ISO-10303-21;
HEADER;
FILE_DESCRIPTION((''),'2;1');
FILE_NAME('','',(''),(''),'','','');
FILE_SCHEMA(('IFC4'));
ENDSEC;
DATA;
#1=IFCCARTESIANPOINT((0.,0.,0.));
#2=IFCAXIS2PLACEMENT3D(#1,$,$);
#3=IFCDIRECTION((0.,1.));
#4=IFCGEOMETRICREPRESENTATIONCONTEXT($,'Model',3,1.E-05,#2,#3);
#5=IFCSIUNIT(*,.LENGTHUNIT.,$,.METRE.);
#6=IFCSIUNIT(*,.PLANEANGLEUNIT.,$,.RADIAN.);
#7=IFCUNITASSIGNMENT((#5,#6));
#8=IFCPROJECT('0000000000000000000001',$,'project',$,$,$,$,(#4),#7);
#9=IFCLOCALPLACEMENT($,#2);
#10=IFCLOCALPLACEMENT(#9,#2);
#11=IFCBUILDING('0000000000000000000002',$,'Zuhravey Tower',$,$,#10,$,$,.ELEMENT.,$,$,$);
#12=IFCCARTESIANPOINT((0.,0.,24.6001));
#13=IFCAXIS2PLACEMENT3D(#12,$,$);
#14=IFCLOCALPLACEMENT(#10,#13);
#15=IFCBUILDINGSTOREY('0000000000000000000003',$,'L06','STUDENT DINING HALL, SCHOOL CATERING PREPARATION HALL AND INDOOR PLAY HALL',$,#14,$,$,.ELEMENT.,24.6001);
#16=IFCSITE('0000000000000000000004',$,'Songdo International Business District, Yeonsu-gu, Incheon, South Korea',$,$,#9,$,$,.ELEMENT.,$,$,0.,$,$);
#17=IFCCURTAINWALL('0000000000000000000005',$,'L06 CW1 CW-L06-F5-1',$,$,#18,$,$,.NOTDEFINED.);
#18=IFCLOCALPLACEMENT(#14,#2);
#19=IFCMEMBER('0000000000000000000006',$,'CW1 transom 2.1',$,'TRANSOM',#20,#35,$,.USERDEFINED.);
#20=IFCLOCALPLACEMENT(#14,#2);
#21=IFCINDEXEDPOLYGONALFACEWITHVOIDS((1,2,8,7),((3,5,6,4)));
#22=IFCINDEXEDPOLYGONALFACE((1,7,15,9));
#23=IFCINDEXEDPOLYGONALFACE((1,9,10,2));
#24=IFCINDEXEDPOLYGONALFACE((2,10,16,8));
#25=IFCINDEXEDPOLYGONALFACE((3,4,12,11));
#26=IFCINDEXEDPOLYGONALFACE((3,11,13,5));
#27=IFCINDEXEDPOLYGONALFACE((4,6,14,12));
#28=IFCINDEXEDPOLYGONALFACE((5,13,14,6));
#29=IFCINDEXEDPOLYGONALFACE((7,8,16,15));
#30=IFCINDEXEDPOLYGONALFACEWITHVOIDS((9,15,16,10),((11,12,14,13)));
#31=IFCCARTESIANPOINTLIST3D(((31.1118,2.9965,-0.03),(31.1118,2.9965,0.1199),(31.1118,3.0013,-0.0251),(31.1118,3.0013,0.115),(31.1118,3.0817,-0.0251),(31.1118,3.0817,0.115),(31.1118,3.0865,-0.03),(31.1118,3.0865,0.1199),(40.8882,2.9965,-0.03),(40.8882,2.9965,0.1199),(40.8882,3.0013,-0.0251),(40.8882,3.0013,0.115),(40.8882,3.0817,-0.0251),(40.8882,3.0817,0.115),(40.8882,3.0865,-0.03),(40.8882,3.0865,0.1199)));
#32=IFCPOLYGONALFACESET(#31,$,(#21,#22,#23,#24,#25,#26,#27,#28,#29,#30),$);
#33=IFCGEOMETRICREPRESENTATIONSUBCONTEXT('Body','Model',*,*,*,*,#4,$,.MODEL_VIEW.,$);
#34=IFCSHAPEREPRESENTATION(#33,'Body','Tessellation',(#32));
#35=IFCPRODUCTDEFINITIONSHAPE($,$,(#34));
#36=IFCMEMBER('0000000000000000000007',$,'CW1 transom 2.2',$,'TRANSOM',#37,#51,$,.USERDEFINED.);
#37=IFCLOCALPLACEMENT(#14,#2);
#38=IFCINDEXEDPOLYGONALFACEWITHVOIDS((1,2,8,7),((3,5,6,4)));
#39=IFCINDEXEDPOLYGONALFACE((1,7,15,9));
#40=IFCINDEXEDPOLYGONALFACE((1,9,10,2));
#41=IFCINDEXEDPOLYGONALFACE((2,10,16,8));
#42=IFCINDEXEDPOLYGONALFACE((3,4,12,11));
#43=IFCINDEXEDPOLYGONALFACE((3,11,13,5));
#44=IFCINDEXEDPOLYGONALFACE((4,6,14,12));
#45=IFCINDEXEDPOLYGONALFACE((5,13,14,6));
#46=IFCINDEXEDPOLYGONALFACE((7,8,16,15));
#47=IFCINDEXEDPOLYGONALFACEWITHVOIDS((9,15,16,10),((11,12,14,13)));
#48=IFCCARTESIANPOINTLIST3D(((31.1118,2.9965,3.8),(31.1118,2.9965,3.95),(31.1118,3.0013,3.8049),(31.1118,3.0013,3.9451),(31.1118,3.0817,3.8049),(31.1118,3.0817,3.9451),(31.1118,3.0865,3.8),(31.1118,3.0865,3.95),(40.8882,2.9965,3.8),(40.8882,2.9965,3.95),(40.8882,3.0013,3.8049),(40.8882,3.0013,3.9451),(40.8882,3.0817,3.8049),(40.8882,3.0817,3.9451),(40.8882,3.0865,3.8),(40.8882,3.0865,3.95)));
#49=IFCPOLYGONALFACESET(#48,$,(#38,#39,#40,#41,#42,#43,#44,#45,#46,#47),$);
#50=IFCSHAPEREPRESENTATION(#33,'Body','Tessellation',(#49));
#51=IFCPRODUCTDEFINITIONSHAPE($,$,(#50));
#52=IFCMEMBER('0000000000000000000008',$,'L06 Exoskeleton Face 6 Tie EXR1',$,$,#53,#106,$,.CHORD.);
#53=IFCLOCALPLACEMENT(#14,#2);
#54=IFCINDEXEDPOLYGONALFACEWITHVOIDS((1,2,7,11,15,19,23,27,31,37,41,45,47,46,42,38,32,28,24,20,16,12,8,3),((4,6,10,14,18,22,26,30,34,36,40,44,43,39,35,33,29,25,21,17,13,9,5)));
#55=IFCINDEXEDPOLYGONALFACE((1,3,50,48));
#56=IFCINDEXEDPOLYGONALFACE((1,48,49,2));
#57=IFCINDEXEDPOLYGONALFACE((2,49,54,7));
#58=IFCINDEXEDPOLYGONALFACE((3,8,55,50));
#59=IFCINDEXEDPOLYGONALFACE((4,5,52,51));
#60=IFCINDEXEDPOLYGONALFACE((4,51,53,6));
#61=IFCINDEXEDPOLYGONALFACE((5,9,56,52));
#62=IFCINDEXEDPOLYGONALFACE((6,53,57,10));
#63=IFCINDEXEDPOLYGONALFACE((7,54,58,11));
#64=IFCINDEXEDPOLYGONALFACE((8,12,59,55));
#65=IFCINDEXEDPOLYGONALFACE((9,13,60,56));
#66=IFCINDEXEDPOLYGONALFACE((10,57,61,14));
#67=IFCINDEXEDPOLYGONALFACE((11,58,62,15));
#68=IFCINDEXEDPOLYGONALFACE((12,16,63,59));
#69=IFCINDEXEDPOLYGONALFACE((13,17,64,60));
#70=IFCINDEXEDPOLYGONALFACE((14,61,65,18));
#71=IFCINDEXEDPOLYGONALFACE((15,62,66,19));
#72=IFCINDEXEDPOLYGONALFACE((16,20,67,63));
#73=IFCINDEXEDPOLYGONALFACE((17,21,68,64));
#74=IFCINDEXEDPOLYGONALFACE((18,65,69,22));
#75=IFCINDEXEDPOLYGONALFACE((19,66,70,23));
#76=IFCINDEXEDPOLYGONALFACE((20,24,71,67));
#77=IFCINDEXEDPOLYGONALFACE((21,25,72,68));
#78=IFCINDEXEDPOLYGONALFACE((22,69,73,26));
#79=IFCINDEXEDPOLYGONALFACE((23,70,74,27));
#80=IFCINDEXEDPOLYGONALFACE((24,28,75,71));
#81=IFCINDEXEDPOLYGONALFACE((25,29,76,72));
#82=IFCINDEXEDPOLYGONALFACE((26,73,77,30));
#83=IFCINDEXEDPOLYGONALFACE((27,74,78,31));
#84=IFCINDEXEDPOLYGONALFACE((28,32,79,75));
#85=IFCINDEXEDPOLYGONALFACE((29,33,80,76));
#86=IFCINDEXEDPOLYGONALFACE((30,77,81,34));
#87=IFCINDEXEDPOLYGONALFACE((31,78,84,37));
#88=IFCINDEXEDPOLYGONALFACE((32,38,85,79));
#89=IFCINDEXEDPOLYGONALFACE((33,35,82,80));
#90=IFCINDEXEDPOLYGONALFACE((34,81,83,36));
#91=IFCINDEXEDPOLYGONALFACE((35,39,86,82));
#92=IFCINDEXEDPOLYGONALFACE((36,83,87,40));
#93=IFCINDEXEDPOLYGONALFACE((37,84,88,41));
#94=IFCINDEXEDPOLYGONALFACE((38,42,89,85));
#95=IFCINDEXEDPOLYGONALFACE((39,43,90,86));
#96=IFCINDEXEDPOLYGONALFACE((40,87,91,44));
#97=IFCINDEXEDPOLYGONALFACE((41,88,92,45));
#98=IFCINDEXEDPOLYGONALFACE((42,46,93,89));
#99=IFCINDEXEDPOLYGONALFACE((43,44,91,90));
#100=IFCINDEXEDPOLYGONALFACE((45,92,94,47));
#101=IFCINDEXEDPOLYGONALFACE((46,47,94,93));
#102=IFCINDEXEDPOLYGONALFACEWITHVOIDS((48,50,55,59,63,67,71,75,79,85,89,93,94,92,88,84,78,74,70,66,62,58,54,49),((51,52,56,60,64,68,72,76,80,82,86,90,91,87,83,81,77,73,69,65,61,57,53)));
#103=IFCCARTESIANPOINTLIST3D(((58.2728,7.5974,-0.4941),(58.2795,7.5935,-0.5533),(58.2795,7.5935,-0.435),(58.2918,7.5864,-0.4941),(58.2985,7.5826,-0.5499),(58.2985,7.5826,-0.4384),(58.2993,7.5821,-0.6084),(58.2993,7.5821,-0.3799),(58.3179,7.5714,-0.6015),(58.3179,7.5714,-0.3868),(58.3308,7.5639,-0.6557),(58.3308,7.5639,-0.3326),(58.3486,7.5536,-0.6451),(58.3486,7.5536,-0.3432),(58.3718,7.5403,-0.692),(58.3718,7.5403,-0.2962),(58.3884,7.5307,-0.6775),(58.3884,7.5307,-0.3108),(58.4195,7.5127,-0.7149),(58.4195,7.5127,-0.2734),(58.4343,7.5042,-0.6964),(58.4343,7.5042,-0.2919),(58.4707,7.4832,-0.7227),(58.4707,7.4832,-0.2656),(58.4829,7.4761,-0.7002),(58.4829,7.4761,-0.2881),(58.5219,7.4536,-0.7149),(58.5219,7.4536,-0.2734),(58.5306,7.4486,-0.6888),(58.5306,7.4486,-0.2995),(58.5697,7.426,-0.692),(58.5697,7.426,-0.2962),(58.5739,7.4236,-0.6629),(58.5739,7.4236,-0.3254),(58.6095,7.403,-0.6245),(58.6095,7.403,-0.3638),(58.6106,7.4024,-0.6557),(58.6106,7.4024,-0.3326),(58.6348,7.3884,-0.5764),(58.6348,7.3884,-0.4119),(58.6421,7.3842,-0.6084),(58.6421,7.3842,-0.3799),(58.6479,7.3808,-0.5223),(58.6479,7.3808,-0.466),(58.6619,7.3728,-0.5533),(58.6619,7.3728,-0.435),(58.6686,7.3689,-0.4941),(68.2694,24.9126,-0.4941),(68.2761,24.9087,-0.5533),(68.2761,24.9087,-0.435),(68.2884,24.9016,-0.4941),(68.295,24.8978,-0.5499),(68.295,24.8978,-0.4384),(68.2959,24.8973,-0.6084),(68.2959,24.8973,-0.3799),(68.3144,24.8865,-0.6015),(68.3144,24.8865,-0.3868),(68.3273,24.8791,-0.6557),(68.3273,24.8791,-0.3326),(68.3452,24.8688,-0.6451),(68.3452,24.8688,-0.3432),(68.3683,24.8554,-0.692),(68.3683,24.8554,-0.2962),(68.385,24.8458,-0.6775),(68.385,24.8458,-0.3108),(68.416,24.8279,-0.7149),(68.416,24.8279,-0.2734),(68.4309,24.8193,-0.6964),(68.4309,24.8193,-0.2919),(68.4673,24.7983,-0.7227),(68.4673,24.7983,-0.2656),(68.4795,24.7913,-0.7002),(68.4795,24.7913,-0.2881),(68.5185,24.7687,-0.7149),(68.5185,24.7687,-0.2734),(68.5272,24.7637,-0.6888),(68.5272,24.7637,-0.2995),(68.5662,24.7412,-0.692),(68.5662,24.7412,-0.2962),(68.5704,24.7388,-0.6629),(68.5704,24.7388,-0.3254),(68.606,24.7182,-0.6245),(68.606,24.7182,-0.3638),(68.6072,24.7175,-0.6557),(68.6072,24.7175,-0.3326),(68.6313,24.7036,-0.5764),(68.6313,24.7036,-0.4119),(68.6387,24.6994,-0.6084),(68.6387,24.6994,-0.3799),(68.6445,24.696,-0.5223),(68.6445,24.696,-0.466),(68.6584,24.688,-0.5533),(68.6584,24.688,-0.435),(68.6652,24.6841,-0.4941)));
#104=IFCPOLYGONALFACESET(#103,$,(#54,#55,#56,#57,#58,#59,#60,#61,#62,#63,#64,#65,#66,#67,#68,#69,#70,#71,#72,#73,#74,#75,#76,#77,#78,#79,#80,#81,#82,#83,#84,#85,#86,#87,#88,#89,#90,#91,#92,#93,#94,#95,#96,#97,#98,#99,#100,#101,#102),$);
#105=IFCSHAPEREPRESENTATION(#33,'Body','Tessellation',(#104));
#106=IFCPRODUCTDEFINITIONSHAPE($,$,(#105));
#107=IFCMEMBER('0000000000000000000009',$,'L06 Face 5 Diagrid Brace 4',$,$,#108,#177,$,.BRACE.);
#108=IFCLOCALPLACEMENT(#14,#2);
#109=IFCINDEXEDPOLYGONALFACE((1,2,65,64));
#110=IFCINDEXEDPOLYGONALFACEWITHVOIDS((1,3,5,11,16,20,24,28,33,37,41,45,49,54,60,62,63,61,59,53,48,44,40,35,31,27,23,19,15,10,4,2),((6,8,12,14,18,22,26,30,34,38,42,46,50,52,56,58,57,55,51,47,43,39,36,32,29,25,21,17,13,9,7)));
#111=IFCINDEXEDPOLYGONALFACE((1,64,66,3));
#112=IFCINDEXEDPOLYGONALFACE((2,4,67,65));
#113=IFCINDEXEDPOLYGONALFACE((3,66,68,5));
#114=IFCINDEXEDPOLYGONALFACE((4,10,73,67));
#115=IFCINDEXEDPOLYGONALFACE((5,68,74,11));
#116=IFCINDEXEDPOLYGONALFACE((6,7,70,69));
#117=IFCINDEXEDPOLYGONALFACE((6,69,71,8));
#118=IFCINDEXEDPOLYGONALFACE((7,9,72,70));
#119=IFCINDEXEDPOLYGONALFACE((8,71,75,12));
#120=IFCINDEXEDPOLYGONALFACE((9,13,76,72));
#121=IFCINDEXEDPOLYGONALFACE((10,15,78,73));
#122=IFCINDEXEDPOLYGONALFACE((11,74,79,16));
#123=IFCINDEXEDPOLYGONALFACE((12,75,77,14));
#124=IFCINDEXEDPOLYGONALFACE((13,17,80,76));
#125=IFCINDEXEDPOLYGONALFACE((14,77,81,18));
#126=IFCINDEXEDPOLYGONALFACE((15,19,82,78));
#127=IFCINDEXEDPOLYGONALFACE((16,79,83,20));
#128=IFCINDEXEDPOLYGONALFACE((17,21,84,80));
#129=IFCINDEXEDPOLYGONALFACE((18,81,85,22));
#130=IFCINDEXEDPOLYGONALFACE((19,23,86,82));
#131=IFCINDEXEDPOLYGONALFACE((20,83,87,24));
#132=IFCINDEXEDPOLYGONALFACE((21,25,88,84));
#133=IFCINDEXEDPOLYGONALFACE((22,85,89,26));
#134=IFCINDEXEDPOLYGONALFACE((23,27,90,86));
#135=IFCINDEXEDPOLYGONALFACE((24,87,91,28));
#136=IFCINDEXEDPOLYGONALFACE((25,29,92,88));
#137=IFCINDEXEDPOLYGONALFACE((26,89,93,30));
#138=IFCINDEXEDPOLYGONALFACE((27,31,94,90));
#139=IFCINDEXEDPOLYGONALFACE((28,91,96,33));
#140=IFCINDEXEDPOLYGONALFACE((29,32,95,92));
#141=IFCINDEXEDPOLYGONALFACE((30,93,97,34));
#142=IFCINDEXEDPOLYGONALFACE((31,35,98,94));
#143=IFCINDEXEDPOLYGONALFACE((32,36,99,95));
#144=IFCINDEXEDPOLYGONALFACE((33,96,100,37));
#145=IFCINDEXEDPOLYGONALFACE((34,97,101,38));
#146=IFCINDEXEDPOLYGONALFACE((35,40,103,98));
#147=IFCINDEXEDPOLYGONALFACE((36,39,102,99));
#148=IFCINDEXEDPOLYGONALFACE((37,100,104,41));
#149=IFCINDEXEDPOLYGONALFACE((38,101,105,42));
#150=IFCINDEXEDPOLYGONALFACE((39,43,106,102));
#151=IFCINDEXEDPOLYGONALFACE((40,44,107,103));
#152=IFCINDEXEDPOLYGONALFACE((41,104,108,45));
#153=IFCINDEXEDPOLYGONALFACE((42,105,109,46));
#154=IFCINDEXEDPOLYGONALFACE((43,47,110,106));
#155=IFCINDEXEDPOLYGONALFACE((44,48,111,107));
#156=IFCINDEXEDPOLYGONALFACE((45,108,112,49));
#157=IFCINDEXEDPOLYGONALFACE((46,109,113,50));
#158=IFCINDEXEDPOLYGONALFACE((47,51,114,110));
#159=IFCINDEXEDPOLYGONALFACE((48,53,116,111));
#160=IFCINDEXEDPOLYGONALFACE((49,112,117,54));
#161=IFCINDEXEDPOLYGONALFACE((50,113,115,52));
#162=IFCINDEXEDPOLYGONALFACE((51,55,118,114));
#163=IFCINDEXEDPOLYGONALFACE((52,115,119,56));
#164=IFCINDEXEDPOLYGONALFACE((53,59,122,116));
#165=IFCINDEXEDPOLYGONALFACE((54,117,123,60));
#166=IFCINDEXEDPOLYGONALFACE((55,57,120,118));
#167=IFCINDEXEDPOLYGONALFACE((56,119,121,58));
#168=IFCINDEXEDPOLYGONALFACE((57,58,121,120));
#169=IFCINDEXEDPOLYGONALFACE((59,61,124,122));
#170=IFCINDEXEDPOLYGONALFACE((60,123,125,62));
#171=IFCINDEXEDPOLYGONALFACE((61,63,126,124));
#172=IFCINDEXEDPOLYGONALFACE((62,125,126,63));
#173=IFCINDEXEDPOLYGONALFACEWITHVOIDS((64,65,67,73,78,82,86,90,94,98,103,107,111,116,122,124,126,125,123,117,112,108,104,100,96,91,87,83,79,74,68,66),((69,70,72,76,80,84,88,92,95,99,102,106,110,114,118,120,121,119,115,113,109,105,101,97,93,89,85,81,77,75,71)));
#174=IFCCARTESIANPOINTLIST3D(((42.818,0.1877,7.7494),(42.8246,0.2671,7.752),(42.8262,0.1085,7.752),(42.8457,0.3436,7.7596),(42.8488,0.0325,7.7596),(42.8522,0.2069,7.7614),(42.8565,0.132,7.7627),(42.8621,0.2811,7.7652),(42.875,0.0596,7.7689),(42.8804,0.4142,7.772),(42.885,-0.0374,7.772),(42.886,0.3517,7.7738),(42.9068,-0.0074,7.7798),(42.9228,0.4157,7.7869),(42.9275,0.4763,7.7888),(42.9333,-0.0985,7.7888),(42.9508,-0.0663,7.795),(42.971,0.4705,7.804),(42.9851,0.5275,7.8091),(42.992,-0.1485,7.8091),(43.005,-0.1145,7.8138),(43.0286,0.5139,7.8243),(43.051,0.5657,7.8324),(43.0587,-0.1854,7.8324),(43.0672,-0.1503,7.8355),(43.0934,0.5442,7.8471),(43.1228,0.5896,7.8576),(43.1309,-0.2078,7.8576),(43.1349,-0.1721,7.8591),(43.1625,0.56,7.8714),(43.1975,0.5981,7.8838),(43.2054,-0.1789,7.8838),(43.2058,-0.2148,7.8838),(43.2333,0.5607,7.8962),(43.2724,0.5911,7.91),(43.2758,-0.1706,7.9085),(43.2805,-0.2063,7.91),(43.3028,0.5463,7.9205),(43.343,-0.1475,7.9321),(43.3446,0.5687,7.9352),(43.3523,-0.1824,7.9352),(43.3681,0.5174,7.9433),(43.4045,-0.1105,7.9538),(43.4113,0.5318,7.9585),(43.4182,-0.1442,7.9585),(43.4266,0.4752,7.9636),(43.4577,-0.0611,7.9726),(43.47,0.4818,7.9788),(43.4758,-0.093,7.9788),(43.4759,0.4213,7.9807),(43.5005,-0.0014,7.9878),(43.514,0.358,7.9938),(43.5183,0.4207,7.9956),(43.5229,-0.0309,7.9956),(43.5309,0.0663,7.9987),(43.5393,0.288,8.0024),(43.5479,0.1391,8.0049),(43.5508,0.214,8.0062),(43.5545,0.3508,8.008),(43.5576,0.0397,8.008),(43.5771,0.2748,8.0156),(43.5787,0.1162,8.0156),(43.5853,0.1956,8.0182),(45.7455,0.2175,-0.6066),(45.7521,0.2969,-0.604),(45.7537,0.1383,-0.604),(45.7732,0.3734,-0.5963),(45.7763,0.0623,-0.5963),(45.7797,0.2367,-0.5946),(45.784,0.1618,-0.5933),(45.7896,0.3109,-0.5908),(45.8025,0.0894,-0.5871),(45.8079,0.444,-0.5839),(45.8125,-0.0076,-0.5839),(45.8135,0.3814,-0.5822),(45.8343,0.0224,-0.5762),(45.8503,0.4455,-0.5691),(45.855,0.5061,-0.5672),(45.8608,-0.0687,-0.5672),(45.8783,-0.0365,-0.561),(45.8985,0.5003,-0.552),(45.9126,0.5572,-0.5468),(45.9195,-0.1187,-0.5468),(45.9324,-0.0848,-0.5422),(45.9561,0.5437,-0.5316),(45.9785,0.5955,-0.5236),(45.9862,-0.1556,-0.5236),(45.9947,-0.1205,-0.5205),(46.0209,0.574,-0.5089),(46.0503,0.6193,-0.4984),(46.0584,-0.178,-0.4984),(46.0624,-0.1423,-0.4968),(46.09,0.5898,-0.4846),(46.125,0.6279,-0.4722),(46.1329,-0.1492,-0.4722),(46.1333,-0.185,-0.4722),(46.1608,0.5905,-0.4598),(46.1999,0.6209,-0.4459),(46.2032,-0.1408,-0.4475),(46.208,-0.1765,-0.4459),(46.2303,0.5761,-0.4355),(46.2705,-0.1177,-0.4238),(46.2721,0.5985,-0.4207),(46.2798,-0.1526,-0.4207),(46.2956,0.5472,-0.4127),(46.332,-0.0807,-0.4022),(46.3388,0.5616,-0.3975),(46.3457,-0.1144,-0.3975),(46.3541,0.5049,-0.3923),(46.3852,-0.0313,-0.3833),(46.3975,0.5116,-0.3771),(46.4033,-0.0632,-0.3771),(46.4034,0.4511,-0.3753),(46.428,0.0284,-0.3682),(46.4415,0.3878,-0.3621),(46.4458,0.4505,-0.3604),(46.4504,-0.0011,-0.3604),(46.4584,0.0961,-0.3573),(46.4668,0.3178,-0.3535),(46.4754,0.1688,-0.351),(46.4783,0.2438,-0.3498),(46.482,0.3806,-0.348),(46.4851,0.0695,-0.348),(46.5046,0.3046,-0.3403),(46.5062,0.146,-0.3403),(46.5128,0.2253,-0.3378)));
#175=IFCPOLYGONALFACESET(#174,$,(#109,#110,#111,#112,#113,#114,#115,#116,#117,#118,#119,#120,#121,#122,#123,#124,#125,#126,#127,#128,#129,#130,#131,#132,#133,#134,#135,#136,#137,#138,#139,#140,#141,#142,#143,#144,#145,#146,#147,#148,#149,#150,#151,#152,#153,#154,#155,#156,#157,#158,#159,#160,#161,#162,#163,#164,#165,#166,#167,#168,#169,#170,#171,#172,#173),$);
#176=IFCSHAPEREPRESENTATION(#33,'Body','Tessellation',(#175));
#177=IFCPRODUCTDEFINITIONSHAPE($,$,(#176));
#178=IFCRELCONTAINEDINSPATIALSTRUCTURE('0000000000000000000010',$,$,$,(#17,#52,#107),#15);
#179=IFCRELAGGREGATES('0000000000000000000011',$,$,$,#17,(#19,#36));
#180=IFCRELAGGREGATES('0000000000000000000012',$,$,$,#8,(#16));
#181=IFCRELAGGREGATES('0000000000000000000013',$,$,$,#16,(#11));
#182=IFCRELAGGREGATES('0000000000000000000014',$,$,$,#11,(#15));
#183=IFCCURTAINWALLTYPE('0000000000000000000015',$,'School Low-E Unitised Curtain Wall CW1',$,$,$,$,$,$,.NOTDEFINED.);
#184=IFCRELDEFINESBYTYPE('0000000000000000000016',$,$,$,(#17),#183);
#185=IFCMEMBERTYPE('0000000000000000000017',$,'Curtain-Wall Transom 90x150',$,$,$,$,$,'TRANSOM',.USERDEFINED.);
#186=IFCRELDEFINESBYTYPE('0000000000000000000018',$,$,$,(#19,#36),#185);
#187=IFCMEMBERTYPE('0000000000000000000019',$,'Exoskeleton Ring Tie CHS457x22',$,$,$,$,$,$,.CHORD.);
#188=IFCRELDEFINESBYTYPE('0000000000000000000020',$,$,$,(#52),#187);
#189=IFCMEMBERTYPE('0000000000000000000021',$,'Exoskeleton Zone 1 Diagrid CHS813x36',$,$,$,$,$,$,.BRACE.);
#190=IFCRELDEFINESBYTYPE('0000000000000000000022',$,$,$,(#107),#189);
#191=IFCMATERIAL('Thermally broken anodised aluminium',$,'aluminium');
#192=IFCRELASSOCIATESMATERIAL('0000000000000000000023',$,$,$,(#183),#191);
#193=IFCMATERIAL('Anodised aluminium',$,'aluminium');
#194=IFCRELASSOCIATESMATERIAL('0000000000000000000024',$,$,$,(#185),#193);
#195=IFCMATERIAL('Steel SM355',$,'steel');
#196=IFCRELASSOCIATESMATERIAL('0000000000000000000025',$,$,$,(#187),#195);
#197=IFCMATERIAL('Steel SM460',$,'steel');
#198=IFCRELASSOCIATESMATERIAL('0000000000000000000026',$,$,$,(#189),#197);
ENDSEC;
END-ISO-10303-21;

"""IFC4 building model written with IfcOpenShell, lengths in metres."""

from ifc_helpers import new_model, si_unit, direction, frame, origin, origin_2d, place, context, subcontext, project, spatial, hollow_rectangle, hollow_circle, extrude, material, material_profile, profile_set, type_object, element, aggregate, save


model = new_model("IFC4")

# Units and contexts
model_context = context("Model", 3, precision=1e-05, world=origin(), true_north=direction((0.0, 1.0)))
body_context = subcontext(model_context, "Body", "Model", "MODEL_VIEW")
ifc_project = project(units=[si_unit("LENGTHUNIT", "METRE"), si_unit("PLANEANGLEUNIT", "RADIAN")], contexts=[model_context])

# Site, building, storey
site_placement = place(None, origin())
site = spatial("IfcSite", under=ifc_project, at=site_placement, Name="Songdo International Business District, Yeonsu-gu, Incheon, South Korea", CompositionType="ELEMENT", RefElevation=0.0)
building_placement = place(site_placement, origin())
building = spatial("IfcBuilding", under=site, at=building_placement, Name="Zuhravey Tower", CompositionType="ELEMENT")
storey_placement = place(building_placement, frame((0.0, 0.0, 24.6001)))
storey = spatial("IfcBuildingStorey", under=building, at=storey_placement, Name="L06", Description="STUDENT DINING HALL, SCHOOL CATERING PREPARATION HALL AND INDOOR PLAY HALL", CompositionType="ELEMENT", Elevation=24.6001)

# Curtain wall
ifc_material_1 = material(Name="Thermally broken anodised aluminium", Category="aluminium")
curtain_wall_type = type_object("IfcCurtainWallType", Name="School Low-E Unitised Curtain Wall CW1", PredefinedType="NOTDEFINED", material=ifc_material_1)
ifc_material_2 = material(Name="Anodised aluminium", Category="aluminium")
curtain_wall_1_placement = place(storey_placement, origin())
curtain_wall_1 = element("IfcCurtainWall", 1, at=curtain_wall_1_placement, inside=storey, type_object=curtain_wall_type, Name="L06 CW1 CW-L06-F5-1", PredefinedType="NOTDEFINED")

# Members
ifc_material_profile_1 = material_profile(ifc_material_2, hollow_rectangle(XDim=0.0901, YDim=0.1499, WallThickness=0.0049, at=origin_2d()), Name="ALU-RHS-90x150x5")
ifc_profile_set_1 = profile_set([ifc_material_profile_1], Name="Anodised aluminium")
member_type_1 = type_object("IfcMemberType", Name="Curtain-Wall Transom 90x150", ElementType="TRANSOM", PredefinedType="USERDEFINED", material=ifc_profile_set_1)
member_1_placement = place(storey_placement, frame((40.8882, 3.0415, 0.0449), z_axis=(-1.0, 0.0, 0.0), x_axis=(0.0, -1.0, 0.0)))
member_1 = element("IfcMember", 2, at=member_1_placement, type_object=member_type_1, Name="CW1 transom 2.1", ObjectType="TRANSOM", PredefinedType="USERDEFINED", context=body_context, shape_type="SweptSolid", body=[
    extrude(hollow_rectangle(XDim=0.0901, YDim=0.1499, WallThickness=0.0049, at=origin_2d()), origin(), (0.0, 0.0, 1.0), 9.7764),
])
member_2_placement = place(storey_placement, frame((40.8882, 3.0415, 3.875), z_axis=(-1.0, 0.0, 0.0), x_axis=(0.0, -1.0, 0.0)))
member_2 = element("IfcMember", 3, at=member_2_placement, type_object=member_type_1, Name="CW1 transom 2.2", ObjectType="TRANSOM", PredefinedType="USERDEFINED", context=body_context, shape_type="SweptSolid", body=[
    extrude(hollow_rectangle(XDim=0.0901, YDim=0.1499, WallThickness=0.0049, at=origin_2d()), origin(), (0.0, 0.0, 1.0), 9.7764),
])

# Members
ifc_material_3 = material(Name="Steel SM355", Category="steel")
ifc_material_profile_2 = material_profile(ifc_material_3, hollow_circle(Radius=0.2285, WallThickness=0.022, at=origin_2d()), Name="CHS-457.2x22")
ifc_profile_set_2 = profile_set([ifc_material_profile_2], Name="Steel SM355")
member_type_2 = type_object("IfcMemberType", Name="Exoskeleton Ring Tie CHS457x22", PredefinedType="CHORD", material=ifc_profile_set_2)
member_3_placement = place(storey_placement, frame((58.4707, 7.4832, -0.4941), z_axis=(0.499987, 0.866033, 0.0), x_axis=(-0.866033, 0.499987, 0.0)))
element("IfcMember", 4, at=member_3_placement, inside=storey, type_object=member_type_2, Name="L06 Exoskeleton Face 6 Tie EXR1", PredefinedType="CHORD", context=body_context, shape_type="SweptSolid", body=[
    extrude(hollow_circle(Radius=0.2285, WallThickness=0.022, at=origin_2d()), origin(), (0.0, 0.0, 1.0), 19.9937),
])
ifc_material_4 = material(Name="Steel SM460", Category="steel")
ifc_material_profile_3 = material_profile(ifc_material_4, hollow_circle(Radius=0.4065, WallThickness=0.0359, at=origin_2d()), Name="CHS-812.8x36")
ifc_profile_set_3 = profile_set([ifc_material_profile_3], Name="Steel SM460")
member_type_3 = type_object("IfcMemberType", Name="Exoskeleton Zone 1 Diagrid CHS813x36", PredefinedType="BRACE", material=ifc_profile_set_3)
member_4_placement = place(storey_placement, frame((46.1292, 0.2214, -0.4722), z_axis=(-0.330641, -0.003364, 0.943751), x_axis=(0.010174, -0.999948, 0.0)))
element("IfcMember", 5, at=member_4_placement, inside=storey, type_object=member_type_3, Name="L06 Face 5 Diagrid Brace 4", PredefinedType="BRACE", context=body_context, shape_type="SweptSolid", body=[
    extrude(hollow_circle(Radius=0.4065, WallThickness=0.0359, at=origin_2d()), origin(), (0.0, 0.0, 1.0), 8.854),
])

aggregate(curtain_wall_1, [member_1, member_2])

save(model, "model.ifc")
